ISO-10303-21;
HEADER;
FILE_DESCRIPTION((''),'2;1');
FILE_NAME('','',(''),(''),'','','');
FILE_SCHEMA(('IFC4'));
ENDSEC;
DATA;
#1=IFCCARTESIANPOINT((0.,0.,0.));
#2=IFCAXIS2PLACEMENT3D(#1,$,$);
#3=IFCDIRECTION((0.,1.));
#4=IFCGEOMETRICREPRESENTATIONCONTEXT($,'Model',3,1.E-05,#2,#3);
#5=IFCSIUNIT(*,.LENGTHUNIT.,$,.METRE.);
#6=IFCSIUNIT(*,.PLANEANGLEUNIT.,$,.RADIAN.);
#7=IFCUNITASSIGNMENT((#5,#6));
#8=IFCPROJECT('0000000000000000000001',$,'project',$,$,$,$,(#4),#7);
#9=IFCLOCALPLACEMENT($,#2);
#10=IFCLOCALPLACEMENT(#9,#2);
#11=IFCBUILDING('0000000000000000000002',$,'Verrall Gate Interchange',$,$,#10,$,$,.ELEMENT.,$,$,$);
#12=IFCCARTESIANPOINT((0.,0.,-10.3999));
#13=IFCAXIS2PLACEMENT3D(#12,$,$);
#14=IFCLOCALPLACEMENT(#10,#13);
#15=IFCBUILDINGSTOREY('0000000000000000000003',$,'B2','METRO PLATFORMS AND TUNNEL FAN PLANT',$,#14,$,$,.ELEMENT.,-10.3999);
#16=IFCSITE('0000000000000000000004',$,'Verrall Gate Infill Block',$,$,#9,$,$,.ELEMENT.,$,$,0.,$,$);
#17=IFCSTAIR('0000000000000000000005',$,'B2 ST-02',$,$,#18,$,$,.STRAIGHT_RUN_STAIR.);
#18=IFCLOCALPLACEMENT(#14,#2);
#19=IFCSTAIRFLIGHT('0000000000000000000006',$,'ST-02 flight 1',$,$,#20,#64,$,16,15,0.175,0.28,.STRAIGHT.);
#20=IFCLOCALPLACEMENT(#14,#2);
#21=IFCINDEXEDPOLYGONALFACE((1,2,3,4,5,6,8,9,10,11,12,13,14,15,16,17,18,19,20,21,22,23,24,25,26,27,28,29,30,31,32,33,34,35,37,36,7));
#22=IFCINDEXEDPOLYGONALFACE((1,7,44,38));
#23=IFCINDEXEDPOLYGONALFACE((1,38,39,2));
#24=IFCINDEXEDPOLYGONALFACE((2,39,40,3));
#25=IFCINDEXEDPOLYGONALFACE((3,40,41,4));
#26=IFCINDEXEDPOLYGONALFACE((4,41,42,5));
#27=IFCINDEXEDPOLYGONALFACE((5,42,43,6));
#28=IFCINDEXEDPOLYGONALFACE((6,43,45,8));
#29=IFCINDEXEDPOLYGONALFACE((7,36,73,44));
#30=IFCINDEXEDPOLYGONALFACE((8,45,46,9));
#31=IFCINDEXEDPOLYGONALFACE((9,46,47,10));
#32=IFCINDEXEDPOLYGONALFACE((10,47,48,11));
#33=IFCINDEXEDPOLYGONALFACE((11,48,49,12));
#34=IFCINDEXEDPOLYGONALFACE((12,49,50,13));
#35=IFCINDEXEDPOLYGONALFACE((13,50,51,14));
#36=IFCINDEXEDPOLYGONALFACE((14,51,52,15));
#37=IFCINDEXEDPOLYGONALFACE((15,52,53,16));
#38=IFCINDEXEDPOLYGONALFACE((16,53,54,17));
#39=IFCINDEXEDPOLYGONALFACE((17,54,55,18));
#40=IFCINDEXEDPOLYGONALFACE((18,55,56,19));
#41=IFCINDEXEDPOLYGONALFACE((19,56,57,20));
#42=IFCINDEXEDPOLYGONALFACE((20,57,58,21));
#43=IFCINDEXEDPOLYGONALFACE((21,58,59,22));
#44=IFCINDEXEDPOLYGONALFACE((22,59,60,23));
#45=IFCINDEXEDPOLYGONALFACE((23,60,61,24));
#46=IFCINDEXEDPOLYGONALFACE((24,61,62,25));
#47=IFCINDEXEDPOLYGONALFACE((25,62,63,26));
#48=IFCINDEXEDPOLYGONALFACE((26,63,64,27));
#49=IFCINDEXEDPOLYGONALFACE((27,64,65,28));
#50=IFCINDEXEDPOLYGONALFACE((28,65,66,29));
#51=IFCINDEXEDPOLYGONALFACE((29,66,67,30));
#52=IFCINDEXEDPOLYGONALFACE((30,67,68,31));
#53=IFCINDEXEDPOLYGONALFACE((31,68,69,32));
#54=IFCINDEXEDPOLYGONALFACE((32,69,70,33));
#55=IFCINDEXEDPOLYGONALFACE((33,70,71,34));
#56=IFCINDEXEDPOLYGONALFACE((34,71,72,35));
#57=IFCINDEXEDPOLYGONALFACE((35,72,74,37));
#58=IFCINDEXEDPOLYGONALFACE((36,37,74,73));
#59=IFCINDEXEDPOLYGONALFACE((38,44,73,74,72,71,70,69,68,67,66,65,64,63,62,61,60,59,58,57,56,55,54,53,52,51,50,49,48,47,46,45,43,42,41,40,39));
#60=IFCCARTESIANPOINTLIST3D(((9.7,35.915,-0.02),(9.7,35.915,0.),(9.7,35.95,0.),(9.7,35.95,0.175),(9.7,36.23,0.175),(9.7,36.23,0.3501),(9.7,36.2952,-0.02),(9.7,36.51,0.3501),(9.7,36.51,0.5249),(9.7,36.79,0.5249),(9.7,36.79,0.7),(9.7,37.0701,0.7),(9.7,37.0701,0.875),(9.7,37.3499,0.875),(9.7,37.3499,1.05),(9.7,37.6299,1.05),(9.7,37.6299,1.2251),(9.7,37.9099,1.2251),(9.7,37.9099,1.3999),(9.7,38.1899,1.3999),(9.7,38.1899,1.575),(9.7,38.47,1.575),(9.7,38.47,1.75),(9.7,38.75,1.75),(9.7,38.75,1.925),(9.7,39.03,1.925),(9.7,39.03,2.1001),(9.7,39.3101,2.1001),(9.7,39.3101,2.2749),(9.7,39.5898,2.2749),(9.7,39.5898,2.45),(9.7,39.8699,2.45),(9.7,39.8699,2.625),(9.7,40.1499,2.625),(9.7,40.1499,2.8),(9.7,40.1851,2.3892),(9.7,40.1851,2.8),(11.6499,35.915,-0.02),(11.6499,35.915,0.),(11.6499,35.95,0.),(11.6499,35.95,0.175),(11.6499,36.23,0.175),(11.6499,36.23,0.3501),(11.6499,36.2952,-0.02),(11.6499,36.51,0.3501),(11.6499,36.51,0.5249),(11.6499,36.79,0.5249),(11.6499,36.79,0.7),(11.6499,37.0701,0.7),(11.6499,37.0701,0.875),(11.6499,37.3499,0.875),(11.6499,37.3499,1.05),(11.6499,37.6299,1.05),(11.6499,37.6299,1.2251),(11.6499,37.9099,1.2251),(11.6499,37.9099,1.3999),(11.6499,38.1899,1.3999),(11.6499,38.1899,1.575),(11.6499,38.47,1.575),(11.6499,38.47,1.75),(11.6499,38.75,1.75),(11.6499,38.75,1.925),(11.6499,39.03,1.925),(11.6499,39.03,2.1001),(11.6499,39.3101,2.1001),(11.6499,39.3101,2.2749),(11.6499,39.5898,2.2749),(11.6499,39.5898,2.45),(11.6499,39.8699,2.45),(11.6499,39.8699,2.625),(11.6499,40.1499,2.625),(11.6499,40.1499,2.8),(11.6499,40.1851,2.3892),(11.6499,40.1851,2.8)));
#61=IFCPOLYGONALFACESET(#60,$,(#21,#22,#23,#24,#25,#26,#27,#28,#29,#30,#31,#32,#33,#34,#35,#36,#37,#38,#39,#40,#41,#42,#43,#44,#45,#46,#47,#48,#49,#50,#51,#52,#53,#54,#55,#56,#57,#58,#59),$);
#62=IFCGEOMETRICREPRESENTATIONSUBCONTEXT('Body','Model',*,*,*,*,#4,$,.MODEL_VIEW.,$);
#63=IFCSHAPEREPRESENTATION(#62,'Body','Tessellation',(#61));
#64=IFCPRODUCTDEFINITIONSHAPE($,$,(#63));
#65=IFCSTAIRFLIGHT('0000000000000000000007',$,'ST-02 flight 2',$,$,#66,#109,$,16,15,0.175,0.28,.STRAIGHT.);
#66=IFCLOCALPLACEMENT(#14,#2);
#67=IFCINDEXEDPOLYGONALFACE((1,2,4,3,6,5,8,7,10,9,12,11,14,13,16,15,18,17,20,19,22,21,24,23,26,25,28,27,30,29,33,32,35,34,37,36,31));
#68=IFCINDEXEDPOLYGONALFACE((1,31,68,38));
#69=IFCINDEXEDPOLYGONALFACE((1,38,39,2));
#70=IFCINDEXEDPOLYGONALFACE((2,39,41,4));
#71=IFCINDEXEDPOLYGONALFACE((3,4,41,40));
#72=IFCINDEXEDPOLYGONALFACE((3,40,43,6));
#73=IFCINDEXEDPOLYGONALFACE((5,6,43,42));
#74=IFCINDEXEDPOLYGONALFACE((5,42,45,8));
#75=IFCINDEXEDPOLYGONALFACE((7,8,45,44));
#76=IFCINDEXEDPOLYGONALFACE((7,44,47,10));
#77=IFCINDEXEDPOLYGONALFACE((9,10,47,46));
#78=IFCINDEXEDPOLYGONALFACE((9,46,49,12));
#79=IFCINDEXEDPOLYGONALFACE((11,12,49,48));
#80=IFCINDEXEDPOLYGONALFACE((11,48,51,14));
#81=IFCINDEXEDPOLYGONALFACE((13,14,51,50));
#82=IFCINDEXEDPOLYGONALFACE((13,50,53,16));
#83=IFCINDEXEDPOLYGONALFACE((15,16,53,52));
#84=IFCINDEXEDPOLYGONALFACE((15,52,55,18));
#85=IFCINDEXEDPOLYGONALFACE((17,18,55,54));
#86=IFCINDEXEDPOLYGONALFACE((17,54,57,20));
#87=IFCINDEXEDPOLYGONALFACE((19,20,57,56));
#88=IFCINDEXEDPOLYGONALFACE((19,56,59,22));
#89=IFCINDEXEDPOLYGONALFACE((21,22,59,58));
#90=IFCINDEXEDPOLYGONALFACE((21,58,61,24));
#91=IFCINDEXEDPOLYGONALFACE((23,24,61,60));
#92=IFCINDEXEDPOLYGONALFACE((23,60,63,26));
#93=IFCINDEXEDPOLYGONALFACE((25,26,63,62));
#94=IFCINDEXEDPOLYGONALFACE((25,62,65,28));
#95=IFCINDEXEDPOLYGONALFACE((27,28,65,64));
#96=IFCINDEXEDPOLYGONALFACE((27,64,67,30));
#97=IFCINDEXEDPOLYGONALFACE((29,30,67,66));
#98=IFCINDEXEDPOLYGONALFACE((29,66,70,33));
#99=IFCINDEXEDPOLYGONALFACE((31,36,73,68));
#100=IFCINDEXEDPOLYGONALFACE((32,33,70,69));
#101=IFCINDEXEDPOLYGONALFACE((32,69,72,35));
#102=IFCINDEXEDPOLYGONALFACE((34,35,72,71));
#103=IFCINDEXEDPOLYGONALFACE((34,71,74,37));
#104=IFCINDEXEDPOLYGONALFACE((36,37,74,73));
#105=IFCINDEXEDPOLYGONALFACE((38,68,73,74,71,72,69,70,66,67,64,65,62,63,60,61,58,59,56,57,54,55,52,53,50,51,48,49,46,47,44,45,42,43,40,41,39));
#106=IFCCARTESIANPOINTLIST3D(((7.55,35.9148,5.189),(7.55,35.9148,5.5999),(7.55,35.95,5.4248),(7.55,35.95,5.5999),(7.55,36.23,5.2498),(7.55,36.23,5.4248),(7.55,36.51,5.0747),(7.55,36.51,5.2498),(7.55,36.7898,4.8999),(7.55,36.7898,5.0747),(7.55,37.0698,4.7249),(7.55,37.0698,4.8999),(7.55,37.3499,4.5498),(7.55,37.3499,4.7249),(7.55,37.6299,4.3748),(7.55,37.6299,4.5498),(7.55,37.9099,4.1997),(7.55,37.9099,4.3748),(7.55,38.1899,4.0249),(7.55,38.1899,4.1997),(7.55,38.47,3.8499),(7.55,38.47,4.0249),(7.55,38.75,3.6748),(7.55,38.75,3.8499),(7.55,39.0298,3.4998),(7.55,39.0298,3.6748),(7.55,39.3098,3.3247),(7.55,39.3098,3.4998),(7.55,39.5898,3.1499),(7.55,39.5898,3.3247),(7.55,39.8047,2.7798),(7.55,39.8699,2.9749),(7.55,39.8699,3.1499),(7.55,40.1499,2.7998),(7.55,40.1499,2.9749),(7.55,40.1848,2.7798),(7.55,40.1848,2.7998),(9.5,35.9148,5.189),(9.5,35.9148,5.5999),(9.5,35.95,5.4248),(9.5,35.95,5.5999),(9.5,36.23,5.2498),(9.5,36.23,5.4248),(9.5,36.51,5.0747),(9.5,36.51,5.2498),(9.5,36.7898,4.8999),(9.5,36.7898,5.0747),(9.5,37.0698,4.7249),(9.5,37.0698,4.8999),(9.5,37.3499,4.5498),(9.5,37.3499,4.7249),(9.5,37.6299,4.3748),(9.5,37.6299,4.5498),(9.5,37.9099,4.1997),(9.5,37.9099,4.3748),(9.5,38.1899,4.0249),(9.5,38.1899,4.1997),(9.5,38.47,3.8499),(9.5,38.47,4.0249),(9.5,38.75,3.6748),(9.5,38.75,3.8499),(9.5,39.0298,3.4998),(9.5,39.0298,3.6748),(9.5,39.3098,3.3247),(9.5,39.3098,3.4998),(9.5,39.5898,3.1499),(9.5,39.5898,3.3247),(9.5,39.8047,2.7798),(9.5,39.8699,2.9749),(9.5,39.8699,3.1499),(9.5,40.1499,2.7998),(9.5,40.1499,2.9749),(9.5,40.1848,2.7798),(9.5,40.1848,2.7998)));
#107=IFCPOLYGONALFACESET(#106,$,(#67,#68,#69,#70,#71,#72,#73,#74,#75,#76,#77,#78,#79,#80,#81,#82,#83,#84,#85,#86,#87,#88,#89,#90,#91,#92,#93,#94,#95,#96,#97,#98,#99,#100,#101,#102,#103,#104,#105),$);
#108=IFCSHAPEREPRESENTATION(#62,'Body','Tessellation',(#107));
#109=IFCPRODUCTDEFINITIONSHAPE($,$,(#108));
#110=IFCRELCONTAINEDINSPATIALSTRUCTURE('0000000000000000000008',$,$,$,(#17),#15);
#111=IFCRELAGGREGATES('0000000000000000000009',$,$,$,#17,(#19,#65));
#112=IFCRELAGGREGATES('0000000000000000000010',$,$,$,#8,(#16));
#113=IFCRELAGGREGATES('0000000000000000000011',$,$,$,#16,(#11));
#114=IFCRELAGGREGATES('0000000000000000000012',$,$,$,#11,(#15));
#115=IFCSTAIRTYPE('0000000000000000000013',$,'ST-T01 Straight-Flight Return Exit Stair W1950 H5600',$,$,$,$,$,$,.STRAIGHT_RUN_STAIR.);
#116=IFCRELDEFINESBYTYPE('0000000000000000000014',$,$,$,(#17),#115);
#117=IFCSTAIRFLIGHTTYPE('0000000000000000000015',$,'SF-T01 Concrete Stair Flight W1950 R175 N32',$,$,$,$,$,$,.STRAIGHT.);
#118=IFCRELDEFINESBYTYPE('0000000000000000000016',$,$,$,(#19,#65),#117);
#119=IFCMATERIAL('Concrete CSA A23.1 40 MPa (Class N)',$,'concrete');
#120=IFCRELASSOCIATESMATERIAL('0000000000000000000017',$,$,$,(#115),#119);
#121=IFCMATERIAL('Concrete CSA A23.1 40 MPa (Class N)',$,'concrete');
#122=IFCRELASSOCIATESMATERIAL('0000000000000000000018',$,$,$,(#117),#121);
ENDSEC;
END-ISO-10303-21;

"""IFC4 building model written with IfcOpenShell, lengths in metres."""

from ifc_helpers import new_model, si_unit, direction, frame, origin, place, context, subcontext, project, spatial, polyline, outline, extrude, material, type_object, element, aggregate, save


model = new_model("IFC4")

# Units and contexts
model_context = context("Model", 3, precision=1e-05, world=origin(), true_north=direction((0.0, 1.0)))
body_context = subcontext(model_context, "Body", "Model", "MODEL_VIEW")
ifc_project = project(units=[si_unit("LENGTHUNIT", "METRE"), si_unit("PLANEANGLEUNIT", "RADIAN")], contexts=[model_context])

# Site, building, storey
site_placement = place(None, origin())
site = spatial("IfcSite", under=ifc_project, at=site_placement, Name="Verrall Gate Infill Block", CompositionType="ELEMENT", RefElevation=0.0)
building_placement = place(site_placement, origin())
building = spatial("IfcBuilding", under=site, at=building_placement, Name="Verrall Gate Interchange", CompositionType="ELEMENT")
storey_placement = place(building_placement, frame((0.0, 0.0, -10.3999)))
storey = spatial("IfcBuildingStorey", under=building, at=storey_placement, Name="B2", Description="METRO PLATFORMS AND TUNNEL FAN PLANT", CompositionType="ELEMENT", Elevation=-10.3999)

# Stair, stair flights
ifc_material_1 = material(Name="Concrete CSA A23.1 40 MPa (Class N)", Category="concrete")
stair_type = type_object("IfcStairType", Name="ST-T01 Straight-Flight Return Exit Stair W1950 H5600", PredefinedType="STRAIGHT_RUN_STAIR", material=ifc_material_1)
stair_placement = place(storey_placement, origin())
stair = element("IfcStair", 1, at=stair_placement, inside=storey, type_object=stair_type, Name="B2 ST-02", PredefinedType="STRAIGHT_RUN_STAIR")
ifc_material_2 = material(Name="Concrete CSA A23.1 40 MPa (Class N)", Category="concrete")
stair_flight_type = type_object("IfcStairFlightType", Name="SF-T01 Concrete Stair Flight W1950 R175 N32", PredefinedType="STRAIGHT", material=ifc_material_2)
stair_flight_1_placement = place(storey_placement, frame((10.675, 35.95, 0.0), z_axis=(0.0, 0.0, 1.0), x_axis=(0.0, 1.0, 0.0)))
stair_flight_1 = element("IfcStairFlight", 2, at=stair_flight_1_placement, type_object=stair_flight_type, Name="ST-02 flight 1", NumberOfRisers=16, NumberOfTreads=15, PredefinedType="STRAIGHT", RiserHeight=0.175, TreadLength=0.28, context=body_context, shape_type="SweptSolid", body=[
    extrude(outline(polyline([(-0.0349, -0.02), (-0.0349, 0.0), (0.0, 0.0), (0.0, 0.175), (0.28, 0.175), (0.28, 0.3501), (0.5601, 0.3501), (0.5601, 0.5249), (0.8401, 0.5249), (0.8401, 0.7), (1.1201, 0.7), (1.1201, 0.875), (1.3999, 0.875), (1.3999, 1.05), (1.6799, 1.05), (1.6799, 1.2251), (1.96, 1.2251), (1.96, 1.3999), (2.24, 1.3999), (2.24, 1.575), (2.52, 1.575), (2.52, 1.75), (2.8, 1.75), (2.8, 1.925), (3.0801, 1.925), (3.0801, 2.1001), (3.3601, 2.1001), (3.3601, 2.2749), (3.6399, 2.2749), (3.6399, 2.45), (3.9199, 2.45), (3.9199, 2.625), (4.2, 2.625), (4.2, 2.8), (4.2351, 2.8), (4.2351, 2.3892), (0.3452, -0.02), (-0.0349, -0.02)])), frame((0.0, 0.9751, 0.0), z_axis=(0.0, -1.0, 0.0), x_axis=(1.0, 0.0, 0.0)), (0.0, 0.0, 1.0), 1.95),
])
stair_flight_2_placement = place(storey_placement, frame((8.5249, 40.1499, 2.7998), z_axis=(0.0, 0.0, 1.0), x_axis=(0.0, -1.0, 0.0)))
stair_flight_2 = element("IfcStairFlight", 3, at=stair_flight_2_placement, type_object=stair_flight_type, Name="ST-02 flight 2", NumberOfRisers=16, NumberOfTreads=15, PredefinedType="STRAIGHT", RiserHeight=0.175, TreadLength=0.28, context=body_context, shape_type="SweptSolid", body=[
    extrude(outline(polyline([(-0.0349, -0.02), (-0.0349, 0.0), (0.0, 0.0), (0.0, 0.175), (0.28, 0.175), (0.28, 0.3501), (0.5601, 0.3501), (0.5601, 0.5249), (0.8401, 0.5249), (0.8401, 0.7), (1.1201, 0.7), (1.1201, 0.875), (1.3999, 0.875), (1.3999, 1.05), (1.6799, 1.05), (1.6799, 1.2251), (1.96, 1.2251), (1.96, 1.3999), (2.24, 1.3999), (2.24, 1.575), (2.52, 1.575), (2.52, 1.75), (2.8, 1.75), (2.8, 1.925), (3.0801, 1.925), (3.0801, 2.1001), (3.3601, 2.1001), (3.3601, 2.2749), (3.6399, 2.2749), (3.6399, 2.45), (3.9199, 2.45), (3.9199, 2.625), (4.2, 2.625), (4.2, 2.8), (4.2351, 2.8), (4.2351, 2.3892), (0.3452, -0.02), (-0.0349, -0.02)])), frame((0.0, 0.9751, 0.0), z_axis=(0.0, -1.0, 0.0), x_axis=(1.0, 0.0, 0.0)), (0.0, 0.0, 1.0), 1.95),
])
aggregate(stair, [stair_flight_1, stair_flight_2])

save(model, "model.ifc")
